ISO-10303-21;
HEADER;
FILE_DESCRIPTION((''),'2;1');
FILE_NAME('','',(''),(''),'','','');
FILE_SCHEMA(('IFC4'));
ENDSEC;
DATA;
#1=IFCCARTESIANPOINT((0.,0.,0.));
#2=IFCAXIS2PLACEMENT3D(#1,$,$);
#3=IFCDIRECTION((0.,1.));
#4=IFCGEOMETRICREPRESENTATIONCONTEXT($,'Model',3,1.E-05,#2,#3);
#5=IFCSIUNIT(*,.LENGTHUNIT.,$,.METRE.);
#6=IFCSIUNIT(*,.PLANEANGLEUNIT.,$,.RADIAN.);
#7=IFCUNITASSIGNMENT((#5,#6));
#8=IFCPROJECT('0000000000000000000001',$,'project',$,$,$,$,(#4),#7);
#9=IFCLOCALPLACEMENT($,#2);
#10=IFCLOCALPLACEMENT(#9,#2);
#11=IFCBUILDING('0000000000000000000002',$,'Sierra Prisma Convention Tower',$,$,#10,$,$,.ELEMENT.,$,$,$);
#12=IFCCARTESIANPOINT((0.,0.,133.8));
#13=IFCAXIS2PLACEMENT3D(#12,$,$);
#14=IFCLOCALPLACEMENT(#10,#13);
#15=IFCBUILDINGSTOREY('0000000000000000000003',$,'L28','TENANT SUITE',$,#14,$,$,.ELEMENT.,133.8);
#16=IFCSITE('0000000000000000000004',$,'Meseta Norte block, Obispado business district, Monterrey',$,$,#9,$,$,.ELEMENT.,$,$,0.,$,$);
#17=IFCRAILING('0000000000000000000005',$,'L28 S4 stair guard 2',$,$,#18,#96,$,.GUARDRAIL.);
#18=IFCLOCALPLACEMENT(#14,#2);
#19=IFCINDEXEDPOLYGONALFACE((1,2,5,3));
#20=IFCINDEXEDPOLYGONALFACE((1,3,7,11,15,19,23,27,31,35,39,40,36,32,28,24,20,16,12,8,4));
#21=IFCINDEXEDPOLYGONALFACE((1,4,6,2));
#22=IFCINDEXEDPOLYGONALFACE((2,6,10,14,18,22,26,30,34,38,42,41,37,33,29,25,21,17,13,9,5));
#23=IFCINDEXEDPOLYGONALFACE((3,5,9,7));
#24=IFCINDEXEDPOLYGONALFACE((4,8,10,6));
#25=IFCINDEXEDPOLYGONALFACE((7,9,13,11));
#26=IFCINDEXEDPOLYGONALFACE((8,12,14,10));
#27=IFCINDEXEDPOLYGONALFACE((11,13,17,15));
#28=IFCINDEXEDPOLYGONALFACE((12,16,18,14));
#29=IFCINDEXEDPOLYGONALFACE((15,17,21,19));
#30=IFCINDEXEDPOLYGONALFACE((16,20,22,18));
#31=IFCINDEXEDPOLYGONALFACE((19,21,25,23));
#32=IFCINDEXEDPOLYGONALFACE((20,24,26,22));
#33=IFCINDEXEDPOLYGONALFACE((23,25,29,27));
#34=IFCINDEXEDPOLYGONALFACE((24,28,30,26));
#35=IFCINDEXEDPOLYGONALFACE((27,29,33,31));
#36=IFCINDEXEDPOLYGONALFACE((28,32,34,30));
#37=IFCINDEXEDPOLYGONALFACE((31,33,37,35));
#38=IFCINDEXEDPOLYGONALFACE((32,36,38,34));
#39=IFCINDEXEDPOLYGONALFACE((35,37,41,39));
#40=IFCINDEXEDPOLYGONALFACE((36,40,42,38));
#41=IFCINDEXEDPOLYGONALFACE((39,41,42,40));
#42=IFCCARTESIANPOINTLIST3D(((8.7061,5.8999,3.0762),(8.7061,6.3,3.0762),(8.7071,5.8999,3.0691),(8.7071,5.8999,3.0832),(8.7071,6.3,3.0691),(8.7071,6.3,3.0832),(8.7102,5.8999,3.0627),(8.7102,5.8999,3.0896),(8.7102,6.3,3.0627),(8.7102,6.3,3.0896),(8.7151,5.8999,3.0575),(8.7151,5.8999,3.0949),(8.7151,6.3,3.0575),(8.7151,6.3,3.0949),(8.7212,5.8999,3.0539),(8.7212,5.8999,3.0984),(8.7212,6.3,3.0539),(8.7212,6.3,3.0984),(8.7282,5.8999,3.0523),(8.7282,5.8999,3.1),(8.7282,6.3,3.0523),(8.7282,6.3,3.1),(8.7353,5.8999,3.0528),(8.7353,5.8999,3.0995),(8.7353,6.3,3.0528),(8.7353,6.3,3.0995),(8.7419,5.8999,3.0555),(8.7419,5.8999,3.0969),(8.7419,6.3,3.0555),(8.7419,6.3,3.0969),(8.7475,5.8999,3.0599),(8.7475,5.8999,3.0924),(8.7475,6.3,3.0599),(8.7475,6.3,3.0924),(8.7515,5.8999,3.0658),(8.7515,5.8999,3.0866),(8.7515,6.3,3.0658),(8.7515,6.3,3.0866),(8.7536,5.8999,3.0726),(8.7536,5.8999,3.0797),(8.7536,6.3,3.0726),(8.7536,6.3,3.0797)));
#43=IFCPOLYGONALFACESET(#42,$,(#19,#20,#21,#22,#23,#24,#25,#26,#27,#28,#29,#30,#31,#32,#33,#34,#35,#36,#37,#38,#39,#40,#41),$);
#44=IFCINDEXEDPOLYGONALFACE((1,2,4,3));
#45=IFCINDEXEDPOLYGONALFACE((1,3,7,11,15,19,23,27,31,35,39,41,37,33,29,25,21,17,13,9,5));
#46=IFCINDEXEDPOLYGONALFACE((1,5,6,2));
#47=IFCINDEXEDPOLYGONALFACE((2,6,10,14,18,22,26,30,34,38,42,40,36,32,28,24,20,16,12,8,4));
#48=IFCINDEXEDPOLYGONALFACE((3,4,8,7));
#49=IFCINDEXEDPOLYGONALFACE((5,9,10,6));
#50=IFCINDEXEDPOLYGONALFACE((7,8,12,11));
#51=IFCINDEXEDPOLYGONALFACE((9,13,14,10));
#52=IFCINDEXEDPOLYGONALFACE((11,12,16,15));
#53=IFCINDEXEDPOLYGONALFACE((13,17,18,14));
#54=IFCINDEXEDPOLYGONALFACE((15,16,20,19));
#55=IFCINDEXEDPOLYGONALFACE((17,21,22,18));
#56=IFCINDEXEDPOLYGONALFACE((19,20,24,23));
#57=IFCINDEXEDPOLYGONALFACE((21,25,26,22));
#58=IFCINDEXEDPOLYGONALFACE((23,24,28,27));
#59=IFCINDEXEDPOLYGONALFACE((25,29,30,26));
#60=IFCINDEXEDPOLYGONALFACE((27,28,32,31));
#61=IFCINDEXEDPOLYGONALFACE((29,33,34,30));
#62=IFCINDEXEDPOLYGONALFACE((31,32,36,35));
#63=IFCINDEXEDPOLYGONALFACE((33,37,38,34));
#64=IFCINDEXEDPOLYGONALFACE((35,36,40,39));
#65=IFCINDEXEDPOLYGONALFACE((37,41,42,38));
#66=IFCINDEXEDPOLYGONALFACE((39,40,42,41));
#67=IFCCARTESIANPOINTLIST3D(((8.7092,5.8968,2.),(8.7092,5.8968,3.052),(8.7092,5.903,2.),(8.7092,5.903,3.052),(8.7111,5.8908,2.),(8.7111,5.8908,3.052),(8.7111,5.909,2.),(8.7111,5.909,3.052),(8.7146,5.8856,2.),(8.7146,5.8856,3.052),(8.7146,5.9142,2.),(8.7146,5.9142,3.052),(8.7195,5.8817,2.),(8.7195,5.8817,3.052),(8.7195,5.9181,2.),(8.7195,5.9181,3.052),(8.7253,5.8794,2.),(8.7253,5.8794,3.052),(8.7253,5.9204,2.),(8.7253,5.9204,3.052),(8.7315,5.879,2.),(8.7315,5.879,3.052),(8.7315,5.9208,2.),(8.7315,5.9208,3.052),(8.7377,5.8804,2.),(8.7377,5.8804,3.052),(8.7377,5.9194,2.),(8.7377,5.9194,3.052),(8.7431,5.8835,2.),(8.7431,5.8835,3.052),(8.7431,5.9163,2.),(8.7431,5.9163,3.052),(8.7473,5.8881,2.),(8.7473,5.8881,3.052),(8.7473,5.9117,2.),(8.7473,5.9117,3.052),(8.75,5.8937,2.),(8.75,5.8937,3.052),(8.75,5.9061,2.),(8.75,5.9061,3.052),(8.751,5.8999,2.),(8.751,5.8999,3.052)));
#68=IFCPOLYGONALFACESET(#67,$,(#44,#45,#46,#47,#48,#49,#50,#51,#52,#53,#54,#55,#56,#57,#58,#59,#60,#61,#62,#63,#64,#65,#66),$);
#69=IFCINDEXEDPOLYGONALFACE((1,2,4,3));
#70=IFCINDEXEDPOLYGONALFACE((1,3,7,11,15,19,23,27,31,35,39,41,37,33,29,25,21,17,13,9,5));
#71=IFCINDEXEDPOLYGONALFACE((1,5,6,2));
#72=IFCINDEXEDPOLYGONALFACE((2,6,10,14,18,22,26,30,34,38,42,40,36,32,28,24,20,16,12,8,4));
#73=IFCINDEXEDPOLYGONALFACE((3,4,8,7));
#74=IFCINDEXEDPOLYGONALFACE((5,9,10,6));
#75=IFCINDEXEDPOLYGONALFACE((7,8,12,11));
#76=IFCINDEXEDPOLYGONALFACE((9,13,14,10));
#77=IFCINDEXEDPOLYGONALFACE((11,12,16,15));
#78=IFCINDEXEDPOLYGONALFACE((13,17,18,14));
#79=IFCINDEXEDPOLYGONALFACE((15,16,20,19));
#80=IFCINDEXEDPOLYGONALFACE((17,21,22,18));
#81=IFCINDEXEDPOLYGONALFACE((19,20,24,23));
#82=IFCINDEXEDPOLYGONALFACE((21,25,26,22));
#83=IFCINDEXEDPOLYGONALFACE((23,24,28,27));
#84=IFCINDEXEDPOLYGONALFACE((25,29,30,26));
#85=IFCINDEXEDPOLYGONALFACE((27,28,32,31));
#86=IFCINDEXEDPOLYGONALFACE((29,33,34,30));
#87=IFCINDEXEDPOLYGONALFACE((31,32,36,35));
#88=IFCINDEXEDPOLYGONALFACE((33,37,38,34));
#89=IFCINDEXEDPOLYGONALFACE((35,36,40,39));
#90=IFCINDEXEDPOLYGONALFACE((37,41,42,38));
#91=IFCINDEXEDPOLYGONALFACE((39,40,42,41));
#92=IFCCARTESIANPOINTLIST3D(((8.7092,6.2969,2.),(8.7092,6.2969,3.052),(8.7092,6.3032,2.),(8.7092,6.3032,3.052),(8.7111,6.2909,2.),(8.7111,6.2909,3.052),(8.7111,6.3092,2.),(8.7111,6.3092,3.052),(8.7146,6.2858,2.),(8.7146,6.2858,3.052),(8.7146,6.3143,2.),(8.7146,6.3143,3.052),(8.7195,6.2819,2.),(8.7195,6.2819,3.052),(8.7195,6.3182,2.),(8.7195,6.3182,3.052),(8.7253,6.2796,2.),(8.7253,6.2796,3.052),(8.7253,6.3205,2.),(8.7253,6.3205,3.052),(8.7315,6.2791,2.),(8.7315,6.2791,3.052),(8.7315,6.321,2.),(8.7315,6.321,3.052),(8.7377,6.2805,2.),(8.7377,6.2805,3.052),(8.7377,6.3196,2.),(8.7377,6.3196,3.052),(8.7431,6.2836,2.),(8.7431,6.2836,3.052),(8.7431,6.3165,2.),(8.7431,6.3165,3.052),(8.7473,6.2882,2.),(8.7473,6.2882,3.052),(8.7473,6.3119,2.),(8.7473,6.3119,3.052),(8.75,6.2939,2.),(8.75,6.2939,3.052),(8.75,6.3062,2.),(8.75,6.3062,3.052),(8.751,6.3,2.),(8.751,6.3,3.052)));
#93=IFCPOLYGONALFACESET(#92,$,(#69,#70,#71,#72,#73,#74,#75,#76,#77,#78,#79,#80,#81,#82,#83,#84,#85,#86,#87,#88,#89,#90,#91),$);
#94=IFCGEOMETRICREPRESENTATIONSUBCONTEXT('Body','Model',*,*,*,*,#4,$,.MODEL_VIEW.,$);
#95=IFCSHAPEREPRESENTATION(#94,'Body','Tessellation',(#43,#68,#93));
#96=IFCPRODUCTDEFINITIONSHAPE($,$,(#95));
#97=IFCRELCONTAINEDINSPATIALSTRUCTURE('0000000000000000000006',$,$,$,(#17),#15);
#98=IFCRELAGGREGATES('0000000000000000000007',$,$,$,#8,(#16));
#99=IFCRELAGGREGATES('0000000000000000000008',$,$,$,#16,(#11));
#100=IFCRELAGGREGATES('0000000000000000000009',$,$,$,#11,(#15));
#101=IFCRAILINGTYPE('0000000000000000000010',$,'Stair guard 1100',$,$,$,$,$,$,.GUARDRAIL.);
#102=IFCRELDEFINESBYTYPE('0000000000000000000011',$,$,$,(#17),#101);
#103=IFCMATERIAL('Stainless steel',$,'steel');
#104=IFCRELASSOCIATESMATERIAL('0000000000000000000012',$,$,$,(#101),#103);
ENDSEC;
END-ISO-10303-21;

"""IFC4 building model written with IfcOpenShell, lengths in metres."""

from ifc_helpers import new_model, si_unit, direction, frame, origin, origin_2d, place, context, subcontext, project, spatial, circle, extrude, material, type_object, element, save


model = new_model("IFC4")

# Units and contexts
model_context = context("Model", 3, precision=1e-05, world=origin(), true_north=direction((0.0, 1.0)))
body_context = subcontext(model_context, "Body", "Model", "MODEL_VIEW")
ifc_project = project(units=[si_unit("LENGTHUNIT", "METRE"), si_unit("PLANEANGLEUNIT", "RADIAN")], contexts=[model_context])

# Site, building, storey
site_placement = place(None, origin())
site = spatial("IfcSite", under=ifc_project, at=site_placement, Name="Meseta Norte block, Obispado business district, Monterrey", CompositionType="ELEMENT", RefElevation=0.0)
building_placement = place(site_placement, origin())
building = spatial("IfcBuilding", under=site, at=building_placement, Name="Sierra Prisma Convention Tower", CompositionType="ELEMENT")
storey_placement = place(building_placement, frame((0.0, 0.0, 133.8)))
storey = spatial("IfcBuildingStorey", under=building, at=storey_placement, Name="L28", Description="TENANT SUITE", CompositionType="ELEMENT", Elevation=133.8)

# Railing
ifc_material_1 = material(Name="Stainless steel", Category="steel")
railing_type_1 = type_object("IfcRailingType", Name="Stair guard 1100", PredefinedType="GUARDRAIL", material=ifc_material_1)
railing_1_placement = place(storey_placement, frame((8.73, 5.8999, 2.0)))
element("IfcRailing", 1, at=railing_1_placement, inside=storey, type_object=railing_type_1, Name="L28 S4 stair guard 2", PredefinedType="GUARDRAIL", context=body_context, shape_type="SweptSolid", body=[
    extrude(circle(Radius=0.0239, at=origin_2d()), frame((0.0, 0.0, 1.0762), z_axis=(0.0, 1.0, 0.0), x_axis=(-1.0, 0.0, 0.0)), (0.0, 0.0, 1.0), 0.4001),
    extrude(circle(Radius=0.021, at=origin_2d()), origin(), (0.0, 0.0, 1.0), 1.052),
    extrude(circle(Radius=0.021, at=origin_2d()), frame((0.0, 0.4001, 0.0)), (0.0, 0.0, 1.0), 1.052),
])

save(model, "model.ifc")
